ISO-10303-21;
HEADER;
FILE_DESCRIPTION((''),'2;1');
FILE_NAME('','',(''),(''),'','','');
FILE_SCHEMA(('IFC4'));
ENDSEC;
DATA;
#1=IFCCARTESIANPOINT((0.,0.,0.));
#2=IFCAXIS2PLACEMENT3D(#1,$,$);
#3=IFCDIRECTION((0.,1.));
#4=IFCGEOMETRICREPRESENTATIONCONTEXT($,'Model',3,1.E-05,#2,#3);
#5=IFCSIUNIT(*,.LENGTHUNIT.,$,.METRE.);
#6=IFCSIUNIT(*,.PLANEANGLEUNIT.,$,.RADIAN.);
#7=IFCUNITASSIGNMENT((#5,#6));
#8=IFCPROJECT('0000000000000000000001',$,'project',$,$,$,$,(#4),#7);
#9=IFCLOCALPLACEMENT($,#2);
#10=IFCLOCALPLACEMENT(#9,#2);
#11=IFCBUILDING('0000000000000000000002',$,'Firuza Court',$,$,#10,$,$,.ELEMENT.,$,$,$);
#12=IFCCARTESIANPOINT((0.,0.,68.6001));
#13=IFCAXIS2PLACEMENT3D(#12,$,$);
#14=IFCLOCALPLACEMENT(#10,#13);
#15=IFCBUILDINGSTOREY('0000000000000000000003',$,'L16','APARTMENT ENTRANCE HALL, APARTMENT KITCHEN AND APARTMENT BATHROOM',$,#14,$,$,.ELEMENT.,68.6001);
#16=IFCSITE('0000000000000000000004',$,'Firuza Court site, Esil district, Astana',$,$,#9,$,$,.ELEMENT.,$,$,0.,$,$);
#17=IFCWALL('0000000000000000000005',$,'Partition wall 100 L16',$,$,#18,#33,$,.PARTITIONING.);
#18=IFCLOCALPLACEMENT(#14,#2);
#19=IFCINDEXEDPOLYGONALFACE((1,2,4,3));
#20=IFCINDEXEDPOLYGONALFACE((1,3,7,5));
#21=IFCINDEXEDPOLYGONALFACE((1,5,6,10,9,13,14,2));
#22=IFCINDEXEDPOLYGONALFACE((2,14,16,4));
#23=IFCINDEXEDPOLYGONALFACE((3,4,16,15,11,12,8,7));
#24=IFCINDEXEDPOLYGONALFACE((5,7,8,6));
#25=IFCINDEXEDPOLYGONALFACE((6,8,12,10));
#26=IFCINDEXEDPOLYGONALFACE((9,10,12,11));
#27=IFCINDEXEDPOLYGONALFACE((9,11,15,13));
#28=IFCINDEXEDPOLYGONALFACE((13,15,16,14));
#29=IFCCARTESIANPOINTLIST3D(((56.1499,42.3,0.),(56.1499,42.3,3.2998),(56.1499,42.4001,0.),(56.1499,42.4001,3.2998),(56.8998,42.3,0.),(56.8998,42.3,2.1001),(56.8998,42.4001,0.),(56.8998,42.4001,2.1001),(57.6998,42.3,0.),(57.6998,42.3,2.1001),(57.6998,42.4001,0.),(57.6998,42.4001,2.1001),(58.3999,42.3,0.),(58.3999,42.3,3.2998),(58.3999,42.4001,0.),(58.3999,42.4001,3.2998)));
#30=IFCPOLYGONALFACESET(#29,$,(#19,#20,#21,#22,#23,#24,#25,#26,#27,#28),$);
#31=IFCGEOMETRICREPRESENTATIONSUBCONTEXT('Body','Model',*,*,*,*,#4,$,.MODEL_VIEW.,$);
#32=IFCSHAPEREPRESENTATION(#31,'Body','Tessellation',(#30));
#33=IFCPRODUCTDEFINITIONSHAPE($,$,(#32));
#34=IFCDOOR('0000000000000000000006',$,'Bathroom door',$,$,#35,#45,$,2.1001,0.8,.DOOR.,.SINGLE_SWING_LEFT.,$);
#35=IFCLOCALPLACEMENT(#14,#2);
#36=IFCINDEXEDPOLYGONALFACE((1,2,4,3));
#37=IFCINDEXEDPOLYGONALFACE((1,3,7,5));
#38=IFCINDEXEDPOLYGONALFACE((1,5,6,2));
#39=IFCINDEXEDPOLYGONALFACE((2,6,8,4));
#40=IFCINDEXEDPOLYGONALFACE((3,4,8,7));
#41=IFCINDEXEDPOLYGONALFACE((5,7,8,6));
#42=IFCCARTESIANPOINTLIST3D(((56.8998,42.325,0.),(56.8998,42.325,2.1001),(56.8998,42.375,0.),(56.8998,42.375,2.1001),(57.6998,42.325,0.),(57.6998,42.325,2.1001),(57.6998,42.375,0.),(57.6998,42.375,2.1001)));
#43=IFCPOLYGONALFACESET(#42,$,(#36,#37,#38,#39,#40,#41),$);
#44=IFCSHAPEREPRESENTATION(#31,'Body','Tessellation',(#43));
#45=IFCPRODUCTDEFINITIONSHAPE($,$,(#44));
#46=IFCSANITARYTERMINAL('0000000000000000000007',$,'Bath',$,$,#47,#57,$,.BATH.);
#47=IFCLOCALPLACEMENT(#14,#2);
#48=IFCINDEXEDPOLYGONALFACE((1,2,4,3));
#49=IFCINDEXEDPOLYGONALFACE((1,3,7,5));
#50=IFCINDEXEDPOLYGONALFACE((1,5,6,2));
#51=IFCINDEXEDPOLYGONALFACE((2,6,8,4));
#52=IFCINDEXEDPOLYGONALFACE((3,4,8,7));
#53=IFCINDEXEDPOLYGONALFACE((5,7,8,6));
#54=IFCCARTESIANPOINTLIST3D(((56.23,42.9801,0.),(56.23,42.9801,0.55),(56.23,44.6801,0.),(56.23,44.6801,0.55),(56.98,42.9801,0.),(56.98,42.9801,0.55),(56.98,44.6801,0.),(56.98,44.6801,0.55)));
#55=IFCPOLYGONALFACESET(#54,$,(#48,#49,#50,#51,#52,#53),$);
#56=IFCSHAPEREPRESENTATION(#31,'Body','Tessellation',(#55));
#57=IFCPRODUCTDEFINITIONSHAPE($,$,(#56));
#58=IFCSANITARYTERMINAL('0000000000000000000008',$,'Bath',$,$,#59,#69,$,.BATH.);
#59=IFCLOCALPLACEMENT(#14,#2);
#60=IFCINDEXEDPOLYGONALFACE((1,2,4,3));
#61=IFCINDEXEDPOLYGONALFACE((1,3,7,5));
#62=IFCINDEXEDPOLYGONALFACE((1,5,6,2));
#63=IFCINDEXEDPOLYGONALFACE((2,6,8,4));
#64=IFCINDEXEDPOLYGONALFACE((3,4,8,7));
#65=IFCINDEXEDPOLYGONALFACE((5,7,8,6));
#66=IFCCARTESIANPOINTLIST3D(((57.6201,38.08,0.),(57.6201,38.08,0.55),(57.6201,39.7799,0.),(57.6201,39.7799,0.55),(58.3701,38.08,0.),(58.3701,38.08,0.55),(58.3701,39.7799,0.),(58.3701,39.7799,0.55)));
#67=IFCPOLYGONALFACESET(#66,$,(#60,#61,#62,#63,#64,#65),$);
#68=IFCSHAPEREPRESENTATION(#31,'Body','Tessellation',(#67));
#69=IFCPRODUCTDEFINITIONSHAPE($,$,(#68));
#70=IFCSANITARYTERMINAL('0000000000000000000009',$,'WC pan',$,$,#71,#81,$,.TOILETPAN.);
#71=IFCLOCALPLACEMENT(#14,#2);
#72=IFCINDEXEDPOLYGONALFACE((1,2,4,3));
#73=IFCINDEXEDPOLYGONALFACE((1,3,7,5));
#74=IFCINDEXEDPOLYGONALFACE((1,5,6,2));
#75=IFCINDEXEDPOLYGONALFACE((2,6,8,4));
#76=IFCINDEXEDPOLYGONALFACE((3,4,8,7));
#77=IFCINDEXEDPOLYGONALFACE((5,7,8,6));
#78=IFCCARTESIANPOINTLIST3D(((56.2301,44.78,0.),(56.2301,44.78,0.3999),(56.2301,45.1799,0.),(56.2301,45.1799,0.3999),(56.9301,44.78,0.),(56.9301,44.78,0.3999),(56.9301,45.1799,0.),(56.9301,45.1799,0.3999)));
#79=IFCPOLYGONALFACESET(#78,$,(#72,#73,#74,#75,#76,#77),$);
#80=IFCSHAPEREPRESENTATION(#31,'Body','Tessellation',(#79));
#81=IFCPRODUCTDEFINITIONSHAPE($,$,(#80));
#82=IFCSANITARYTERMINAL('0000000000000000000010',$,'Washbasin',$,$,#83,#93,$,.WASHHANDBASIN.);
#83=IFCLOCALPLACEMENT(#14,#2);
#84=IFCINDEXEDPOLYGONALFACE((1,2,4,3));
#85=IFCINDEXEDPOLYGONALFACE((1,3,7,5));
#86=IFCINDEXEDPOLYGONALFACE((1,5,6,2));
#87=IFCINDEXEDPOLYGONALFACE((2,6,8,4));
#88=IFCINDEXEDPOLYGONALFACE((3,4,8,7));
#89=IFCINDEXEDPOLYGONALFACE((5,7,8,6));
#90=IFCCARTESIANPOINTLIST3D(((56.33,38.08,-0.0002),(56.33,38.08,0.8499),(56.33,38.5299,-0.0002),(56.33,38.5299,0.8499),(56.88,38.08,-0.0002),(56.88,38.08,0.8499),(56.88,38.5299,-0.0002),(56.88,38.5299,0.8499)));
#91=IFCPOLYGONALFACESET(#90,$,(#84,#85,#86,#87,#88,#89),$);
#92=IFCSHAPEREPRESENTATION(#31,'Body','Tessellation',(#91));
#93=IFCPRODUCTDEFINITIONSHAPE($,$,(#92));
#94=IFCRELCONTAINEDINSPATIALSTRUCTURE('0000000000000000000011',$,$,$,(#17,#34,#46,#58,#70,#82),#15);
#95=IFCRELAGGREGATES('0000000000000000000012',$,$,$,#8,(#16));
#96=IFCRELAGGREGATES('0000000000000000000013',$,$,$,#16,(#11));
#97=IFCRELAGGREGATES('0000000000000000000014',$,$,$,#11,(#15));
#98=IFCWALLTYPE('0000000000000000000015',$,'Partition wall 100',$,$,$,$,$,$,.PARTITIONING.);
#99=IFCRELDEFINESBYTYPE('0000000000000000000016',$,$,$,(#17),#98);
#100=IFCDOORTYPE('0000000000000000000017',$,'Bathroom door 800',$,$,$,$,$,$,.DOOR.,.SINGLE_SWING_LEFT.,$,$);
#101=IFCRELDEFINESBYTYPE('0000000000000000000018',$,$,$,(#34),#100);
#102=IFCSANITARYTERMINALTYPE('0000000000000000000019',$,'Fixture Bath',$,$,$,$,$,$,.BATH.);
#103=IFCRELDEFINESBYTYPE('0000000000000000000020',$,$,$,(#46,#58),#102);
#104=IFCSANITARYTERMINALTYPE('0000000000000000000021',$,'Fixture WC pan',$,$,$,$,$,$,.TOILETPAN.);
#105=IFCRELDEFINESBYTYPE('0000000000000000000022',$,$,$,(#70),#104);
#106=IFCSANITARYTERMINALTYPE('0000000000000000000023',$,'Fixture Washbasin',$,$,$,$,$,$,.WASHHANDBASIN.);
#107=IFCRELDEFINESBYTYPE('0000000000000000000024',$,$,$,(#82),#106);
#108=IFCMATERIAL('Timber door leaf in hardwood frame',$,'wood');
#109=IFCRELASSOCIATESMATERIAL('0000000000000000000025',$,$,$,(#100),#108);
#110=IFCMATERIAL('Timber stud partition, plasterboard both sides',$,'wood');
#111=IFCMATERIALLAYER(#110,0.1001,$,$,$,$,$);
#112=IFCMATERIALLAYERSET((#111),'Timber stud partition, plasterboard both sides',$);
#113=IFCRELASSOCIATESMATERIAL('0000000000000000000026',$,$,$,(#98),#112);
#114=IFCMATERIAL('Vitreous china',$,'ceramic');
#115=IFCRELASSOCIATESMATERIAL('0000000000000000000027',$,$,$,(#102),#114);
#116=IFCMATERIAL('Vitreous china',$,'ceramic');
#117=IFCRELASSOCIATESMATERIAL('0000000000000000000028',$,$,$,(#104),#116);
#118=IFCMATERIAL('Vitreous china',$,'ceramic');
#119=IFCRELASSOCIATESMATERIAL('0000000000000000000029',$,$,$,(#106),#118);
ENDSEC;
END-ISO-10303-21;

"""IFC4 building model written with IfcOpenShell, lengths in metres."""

from ifc_helpers import new_model, si_unit, direction, frame, frame_2d, origin, origin_2d, place, context, subcontext, project, spatial, rectangle, extrude, material, layer, layer_set, type_object, element, fill, save


model = new_model("IFC4")

# Units and contexts
model_context = context("Model", 3, precision=1e-05, world=origin(), true_north=direction((0.0, 1.0)))
body_context = subcontext(model_context, "Body", "Model", "MODEL_VIEW")
ifc_project = project(units=[si_unit("LENGTHUNIT", "METRE"), si_unit("PLANEANGLEUNIT", "RADIAN")], contexts=[model_context])

# Site, building, storey
site_placement = place(None, origin())
site = spatial("IfcSite", under=ifc_project, at=site_placement, Name="Firuza Court site, Esil district, Astana", CompositionType="ELEMENT", RefElevation=0.0)
building_placement = place(site_placement, origin())
building = spatial("IfcBuilding", under=site, at=building_placement, Name="Firuza Court", CompositionType="ELEMENT")
storey_placement = place(building_placement, frame((0.0, 0.0, 68.6001)))
storey = spatial("IfcBuildingStorey", under=building, at=storey_placement, Name="L16", Description="APARTMENT ENTRANCE HALL, APARTMENT KITCHEN AND APARTMENT BATHROOM", CompositionType="ELEMENT", Elevation=68.6001)

# Shared definitions
ifc_material_1 = material(Name="Timber door leaf in hardwood frame", Category="wood")
door_type_1 = type_object("IfcDoorType", Name="Bathroom door 800", OperationType="SINGLE_SWING_LEFT", PredefinedType="DOOR", material=ifc_material_1)

# Shared definitions
ifc_material_2 = material(Name="Timber stud partition, plasterboard both sides", Category="wood")
ifc_layer_1 = layer(ifc_material_2, 0.1001)
ifc_layer_set_1 = layer_set([ifc_layer_1], Name="Timber stud partition, plasterboard both sides")
wall_type_1 = type_object("IfcWallType", Name="Partition wall 100", PredefinedType="PARTITIONING", material=ifc_layer_set_1)

# Wall, opening, door
wall_1_placement = place(storey_placement, frame((56.1499, 42.3501, 0.0), z_axis=(0.0, 0.0, 1.0), x_axis=(1.0, 0.0, 0.0)))
wall_1 = element("IfcWall", 1, at=wall_1_placement, inside=storey, type_object=wall_type_1, Name="Partition wall 100 L16", PredefinedType="PARTITIONING", context=body_context, shape_type="SweptSolid", body=[
    extrude(rectangle(XDim=2.25, YDim=0.1001, at=frame_2d((1.125, 0.0))), origin(), (0.0, 0.0, 1.0), 3.2998),
])
opening_1_placement = place(wall_1_placement, frame((0.75, 0.0, 0.0)))
opening_1 = element("IfcOpeningElement", 2, at=opening_1_placement, cuts=wall_1, PredefinedType="OPENING", context=body_context, shape_type="SweptSolid", body=[
    extrude(rectangle(XDim=0.8, YDim=2.1001, at=frame_2d((0.3999, 1.05))), frame((0.0, 0.062, 0.0), z_axis=(0.0, -1.0, 0.0), x_axis=(1.0, 0.0, 0.0)), (0.0, 0.0, 1.0), 0.124),
])
door_1_placement = place(opening_1_placement, origin())
door_1 = element("IfcDoor", 3, at=door_1_placement, inside=storey, type_object=door_type_1, Name="Bathroom door", OperationType="SINGLE_SWING_LEFT", OverallHeight=2.1001, OverallWidth=0.8, PredefinedType="DOOR", context=body_context, shape_type="SweptSolid", body=[
    extrude(rectangle(XDim=0.8, YDim=2.1001, at=frame_2d((0.3999, 1.05))), frame((0.0, 0.0249, 0.0), z_axis=(0.0, -1.0, 0.0), x_axis=(1.0, 0.0, 0.0)), (0.0, 0.0, 1.0), 0.05),
])
fill(opening_1, door_1)

# Sanitary terminals
ifc_material_3 = material(Name="Vitreous china", Category="ceramic")
sanitary_terminal_type_1 = type_object("IfcSanitaryTerminalType", Name="Fixture Bath", PredefinedType="BATH", material=ifc_material_3)
for number, where, z_axis, x_axis, name in (
    (4, (56.605, 43.8301, 0.0), (0.0, 0.0, 1.0), (1.0, 0.0, 0.0), "Bath"),
    (5, (57.9951, 38.9299, 0.0), (0.0, 0.0, 1.0), (1.0, 0.0, 0.0), "Bath"),
):
    element("IfcSanitaryTerminal", number, at=place(storey_placement, frame(where, z_axis=z_axis, x_axis=x_axis)), inside=storey, type_object=sanitary_terminal_type_1, Name=name, PredefinedType="BATH", context=body_context, shape_type="SweptSolid", body=[
        extrude(rectangle(XDim=0.75, YDim=1.7, at=origin_2d()), origin(), (0.0, 0.0, 1.0), 0.55),
    ])
ifc_material_4 = material(Name="Vitreous china", Category="ceramic")
sanitary_terminal_type_2 = type_object("IfcSanitaryTerminalType", Name="Fixture WC pan", PredefinedType="TOILETPAN", material=ifc_material_4)
sanitary_terminal_1_placement = place(storey_placement, frame((56.5801, 44.98, 0.0), z_axis=(0.0, 0.0, 1.0), x_axis=(1.0, 0.0, 0.0)))
element("IfcSanitaryTerminal", 6, at=sanitary_terminal_1_placement, inside=storey, type_object=sanitary_terminal_type_2, Name="WC pan", PredefinedType="TOILETPAN", context=body_context, shape_type="SweptSolid", body=[
    extrude(rectangle(XDim=0.7, YDim=0.3999, at=origin_2d()), origin(), (0.0, 0.0, 1.0), 0.3999),
])
ifc_material_5 = material(Name="Vitreous china", Category="ceramic")
sanitary_terminal_type_3 = type_object("IfcSanitaryTerminalType", Name="Fixture Washbasin", PredefinedType="WASHHANDBASIN", material=ifc_material_5)
sanitary_terminal_2_placement = place(storey_placement, frame((56.605, 38.3049, -0.0002), z_axis=(0.0, 0.0, 1.0), x_axis=(1.0, 0.0, 0.0)))
element("IfcSanitaryTerminal", 7, at=sanitary_terminal_2_placement, inside=storey, type_object=sanitary_terminal_type_3, Name="Washbasin", PredefinedType="WASHHANDBASIN", context=body_context, shape_type="SweptSolid", body=[
    extrude(rectangle(XDim=0.55, YDim=0.45, at=origin_2d()), origin(), (0.0, 0.0, 1.0), 0.8501),
])

save(model, "model.ifc")
